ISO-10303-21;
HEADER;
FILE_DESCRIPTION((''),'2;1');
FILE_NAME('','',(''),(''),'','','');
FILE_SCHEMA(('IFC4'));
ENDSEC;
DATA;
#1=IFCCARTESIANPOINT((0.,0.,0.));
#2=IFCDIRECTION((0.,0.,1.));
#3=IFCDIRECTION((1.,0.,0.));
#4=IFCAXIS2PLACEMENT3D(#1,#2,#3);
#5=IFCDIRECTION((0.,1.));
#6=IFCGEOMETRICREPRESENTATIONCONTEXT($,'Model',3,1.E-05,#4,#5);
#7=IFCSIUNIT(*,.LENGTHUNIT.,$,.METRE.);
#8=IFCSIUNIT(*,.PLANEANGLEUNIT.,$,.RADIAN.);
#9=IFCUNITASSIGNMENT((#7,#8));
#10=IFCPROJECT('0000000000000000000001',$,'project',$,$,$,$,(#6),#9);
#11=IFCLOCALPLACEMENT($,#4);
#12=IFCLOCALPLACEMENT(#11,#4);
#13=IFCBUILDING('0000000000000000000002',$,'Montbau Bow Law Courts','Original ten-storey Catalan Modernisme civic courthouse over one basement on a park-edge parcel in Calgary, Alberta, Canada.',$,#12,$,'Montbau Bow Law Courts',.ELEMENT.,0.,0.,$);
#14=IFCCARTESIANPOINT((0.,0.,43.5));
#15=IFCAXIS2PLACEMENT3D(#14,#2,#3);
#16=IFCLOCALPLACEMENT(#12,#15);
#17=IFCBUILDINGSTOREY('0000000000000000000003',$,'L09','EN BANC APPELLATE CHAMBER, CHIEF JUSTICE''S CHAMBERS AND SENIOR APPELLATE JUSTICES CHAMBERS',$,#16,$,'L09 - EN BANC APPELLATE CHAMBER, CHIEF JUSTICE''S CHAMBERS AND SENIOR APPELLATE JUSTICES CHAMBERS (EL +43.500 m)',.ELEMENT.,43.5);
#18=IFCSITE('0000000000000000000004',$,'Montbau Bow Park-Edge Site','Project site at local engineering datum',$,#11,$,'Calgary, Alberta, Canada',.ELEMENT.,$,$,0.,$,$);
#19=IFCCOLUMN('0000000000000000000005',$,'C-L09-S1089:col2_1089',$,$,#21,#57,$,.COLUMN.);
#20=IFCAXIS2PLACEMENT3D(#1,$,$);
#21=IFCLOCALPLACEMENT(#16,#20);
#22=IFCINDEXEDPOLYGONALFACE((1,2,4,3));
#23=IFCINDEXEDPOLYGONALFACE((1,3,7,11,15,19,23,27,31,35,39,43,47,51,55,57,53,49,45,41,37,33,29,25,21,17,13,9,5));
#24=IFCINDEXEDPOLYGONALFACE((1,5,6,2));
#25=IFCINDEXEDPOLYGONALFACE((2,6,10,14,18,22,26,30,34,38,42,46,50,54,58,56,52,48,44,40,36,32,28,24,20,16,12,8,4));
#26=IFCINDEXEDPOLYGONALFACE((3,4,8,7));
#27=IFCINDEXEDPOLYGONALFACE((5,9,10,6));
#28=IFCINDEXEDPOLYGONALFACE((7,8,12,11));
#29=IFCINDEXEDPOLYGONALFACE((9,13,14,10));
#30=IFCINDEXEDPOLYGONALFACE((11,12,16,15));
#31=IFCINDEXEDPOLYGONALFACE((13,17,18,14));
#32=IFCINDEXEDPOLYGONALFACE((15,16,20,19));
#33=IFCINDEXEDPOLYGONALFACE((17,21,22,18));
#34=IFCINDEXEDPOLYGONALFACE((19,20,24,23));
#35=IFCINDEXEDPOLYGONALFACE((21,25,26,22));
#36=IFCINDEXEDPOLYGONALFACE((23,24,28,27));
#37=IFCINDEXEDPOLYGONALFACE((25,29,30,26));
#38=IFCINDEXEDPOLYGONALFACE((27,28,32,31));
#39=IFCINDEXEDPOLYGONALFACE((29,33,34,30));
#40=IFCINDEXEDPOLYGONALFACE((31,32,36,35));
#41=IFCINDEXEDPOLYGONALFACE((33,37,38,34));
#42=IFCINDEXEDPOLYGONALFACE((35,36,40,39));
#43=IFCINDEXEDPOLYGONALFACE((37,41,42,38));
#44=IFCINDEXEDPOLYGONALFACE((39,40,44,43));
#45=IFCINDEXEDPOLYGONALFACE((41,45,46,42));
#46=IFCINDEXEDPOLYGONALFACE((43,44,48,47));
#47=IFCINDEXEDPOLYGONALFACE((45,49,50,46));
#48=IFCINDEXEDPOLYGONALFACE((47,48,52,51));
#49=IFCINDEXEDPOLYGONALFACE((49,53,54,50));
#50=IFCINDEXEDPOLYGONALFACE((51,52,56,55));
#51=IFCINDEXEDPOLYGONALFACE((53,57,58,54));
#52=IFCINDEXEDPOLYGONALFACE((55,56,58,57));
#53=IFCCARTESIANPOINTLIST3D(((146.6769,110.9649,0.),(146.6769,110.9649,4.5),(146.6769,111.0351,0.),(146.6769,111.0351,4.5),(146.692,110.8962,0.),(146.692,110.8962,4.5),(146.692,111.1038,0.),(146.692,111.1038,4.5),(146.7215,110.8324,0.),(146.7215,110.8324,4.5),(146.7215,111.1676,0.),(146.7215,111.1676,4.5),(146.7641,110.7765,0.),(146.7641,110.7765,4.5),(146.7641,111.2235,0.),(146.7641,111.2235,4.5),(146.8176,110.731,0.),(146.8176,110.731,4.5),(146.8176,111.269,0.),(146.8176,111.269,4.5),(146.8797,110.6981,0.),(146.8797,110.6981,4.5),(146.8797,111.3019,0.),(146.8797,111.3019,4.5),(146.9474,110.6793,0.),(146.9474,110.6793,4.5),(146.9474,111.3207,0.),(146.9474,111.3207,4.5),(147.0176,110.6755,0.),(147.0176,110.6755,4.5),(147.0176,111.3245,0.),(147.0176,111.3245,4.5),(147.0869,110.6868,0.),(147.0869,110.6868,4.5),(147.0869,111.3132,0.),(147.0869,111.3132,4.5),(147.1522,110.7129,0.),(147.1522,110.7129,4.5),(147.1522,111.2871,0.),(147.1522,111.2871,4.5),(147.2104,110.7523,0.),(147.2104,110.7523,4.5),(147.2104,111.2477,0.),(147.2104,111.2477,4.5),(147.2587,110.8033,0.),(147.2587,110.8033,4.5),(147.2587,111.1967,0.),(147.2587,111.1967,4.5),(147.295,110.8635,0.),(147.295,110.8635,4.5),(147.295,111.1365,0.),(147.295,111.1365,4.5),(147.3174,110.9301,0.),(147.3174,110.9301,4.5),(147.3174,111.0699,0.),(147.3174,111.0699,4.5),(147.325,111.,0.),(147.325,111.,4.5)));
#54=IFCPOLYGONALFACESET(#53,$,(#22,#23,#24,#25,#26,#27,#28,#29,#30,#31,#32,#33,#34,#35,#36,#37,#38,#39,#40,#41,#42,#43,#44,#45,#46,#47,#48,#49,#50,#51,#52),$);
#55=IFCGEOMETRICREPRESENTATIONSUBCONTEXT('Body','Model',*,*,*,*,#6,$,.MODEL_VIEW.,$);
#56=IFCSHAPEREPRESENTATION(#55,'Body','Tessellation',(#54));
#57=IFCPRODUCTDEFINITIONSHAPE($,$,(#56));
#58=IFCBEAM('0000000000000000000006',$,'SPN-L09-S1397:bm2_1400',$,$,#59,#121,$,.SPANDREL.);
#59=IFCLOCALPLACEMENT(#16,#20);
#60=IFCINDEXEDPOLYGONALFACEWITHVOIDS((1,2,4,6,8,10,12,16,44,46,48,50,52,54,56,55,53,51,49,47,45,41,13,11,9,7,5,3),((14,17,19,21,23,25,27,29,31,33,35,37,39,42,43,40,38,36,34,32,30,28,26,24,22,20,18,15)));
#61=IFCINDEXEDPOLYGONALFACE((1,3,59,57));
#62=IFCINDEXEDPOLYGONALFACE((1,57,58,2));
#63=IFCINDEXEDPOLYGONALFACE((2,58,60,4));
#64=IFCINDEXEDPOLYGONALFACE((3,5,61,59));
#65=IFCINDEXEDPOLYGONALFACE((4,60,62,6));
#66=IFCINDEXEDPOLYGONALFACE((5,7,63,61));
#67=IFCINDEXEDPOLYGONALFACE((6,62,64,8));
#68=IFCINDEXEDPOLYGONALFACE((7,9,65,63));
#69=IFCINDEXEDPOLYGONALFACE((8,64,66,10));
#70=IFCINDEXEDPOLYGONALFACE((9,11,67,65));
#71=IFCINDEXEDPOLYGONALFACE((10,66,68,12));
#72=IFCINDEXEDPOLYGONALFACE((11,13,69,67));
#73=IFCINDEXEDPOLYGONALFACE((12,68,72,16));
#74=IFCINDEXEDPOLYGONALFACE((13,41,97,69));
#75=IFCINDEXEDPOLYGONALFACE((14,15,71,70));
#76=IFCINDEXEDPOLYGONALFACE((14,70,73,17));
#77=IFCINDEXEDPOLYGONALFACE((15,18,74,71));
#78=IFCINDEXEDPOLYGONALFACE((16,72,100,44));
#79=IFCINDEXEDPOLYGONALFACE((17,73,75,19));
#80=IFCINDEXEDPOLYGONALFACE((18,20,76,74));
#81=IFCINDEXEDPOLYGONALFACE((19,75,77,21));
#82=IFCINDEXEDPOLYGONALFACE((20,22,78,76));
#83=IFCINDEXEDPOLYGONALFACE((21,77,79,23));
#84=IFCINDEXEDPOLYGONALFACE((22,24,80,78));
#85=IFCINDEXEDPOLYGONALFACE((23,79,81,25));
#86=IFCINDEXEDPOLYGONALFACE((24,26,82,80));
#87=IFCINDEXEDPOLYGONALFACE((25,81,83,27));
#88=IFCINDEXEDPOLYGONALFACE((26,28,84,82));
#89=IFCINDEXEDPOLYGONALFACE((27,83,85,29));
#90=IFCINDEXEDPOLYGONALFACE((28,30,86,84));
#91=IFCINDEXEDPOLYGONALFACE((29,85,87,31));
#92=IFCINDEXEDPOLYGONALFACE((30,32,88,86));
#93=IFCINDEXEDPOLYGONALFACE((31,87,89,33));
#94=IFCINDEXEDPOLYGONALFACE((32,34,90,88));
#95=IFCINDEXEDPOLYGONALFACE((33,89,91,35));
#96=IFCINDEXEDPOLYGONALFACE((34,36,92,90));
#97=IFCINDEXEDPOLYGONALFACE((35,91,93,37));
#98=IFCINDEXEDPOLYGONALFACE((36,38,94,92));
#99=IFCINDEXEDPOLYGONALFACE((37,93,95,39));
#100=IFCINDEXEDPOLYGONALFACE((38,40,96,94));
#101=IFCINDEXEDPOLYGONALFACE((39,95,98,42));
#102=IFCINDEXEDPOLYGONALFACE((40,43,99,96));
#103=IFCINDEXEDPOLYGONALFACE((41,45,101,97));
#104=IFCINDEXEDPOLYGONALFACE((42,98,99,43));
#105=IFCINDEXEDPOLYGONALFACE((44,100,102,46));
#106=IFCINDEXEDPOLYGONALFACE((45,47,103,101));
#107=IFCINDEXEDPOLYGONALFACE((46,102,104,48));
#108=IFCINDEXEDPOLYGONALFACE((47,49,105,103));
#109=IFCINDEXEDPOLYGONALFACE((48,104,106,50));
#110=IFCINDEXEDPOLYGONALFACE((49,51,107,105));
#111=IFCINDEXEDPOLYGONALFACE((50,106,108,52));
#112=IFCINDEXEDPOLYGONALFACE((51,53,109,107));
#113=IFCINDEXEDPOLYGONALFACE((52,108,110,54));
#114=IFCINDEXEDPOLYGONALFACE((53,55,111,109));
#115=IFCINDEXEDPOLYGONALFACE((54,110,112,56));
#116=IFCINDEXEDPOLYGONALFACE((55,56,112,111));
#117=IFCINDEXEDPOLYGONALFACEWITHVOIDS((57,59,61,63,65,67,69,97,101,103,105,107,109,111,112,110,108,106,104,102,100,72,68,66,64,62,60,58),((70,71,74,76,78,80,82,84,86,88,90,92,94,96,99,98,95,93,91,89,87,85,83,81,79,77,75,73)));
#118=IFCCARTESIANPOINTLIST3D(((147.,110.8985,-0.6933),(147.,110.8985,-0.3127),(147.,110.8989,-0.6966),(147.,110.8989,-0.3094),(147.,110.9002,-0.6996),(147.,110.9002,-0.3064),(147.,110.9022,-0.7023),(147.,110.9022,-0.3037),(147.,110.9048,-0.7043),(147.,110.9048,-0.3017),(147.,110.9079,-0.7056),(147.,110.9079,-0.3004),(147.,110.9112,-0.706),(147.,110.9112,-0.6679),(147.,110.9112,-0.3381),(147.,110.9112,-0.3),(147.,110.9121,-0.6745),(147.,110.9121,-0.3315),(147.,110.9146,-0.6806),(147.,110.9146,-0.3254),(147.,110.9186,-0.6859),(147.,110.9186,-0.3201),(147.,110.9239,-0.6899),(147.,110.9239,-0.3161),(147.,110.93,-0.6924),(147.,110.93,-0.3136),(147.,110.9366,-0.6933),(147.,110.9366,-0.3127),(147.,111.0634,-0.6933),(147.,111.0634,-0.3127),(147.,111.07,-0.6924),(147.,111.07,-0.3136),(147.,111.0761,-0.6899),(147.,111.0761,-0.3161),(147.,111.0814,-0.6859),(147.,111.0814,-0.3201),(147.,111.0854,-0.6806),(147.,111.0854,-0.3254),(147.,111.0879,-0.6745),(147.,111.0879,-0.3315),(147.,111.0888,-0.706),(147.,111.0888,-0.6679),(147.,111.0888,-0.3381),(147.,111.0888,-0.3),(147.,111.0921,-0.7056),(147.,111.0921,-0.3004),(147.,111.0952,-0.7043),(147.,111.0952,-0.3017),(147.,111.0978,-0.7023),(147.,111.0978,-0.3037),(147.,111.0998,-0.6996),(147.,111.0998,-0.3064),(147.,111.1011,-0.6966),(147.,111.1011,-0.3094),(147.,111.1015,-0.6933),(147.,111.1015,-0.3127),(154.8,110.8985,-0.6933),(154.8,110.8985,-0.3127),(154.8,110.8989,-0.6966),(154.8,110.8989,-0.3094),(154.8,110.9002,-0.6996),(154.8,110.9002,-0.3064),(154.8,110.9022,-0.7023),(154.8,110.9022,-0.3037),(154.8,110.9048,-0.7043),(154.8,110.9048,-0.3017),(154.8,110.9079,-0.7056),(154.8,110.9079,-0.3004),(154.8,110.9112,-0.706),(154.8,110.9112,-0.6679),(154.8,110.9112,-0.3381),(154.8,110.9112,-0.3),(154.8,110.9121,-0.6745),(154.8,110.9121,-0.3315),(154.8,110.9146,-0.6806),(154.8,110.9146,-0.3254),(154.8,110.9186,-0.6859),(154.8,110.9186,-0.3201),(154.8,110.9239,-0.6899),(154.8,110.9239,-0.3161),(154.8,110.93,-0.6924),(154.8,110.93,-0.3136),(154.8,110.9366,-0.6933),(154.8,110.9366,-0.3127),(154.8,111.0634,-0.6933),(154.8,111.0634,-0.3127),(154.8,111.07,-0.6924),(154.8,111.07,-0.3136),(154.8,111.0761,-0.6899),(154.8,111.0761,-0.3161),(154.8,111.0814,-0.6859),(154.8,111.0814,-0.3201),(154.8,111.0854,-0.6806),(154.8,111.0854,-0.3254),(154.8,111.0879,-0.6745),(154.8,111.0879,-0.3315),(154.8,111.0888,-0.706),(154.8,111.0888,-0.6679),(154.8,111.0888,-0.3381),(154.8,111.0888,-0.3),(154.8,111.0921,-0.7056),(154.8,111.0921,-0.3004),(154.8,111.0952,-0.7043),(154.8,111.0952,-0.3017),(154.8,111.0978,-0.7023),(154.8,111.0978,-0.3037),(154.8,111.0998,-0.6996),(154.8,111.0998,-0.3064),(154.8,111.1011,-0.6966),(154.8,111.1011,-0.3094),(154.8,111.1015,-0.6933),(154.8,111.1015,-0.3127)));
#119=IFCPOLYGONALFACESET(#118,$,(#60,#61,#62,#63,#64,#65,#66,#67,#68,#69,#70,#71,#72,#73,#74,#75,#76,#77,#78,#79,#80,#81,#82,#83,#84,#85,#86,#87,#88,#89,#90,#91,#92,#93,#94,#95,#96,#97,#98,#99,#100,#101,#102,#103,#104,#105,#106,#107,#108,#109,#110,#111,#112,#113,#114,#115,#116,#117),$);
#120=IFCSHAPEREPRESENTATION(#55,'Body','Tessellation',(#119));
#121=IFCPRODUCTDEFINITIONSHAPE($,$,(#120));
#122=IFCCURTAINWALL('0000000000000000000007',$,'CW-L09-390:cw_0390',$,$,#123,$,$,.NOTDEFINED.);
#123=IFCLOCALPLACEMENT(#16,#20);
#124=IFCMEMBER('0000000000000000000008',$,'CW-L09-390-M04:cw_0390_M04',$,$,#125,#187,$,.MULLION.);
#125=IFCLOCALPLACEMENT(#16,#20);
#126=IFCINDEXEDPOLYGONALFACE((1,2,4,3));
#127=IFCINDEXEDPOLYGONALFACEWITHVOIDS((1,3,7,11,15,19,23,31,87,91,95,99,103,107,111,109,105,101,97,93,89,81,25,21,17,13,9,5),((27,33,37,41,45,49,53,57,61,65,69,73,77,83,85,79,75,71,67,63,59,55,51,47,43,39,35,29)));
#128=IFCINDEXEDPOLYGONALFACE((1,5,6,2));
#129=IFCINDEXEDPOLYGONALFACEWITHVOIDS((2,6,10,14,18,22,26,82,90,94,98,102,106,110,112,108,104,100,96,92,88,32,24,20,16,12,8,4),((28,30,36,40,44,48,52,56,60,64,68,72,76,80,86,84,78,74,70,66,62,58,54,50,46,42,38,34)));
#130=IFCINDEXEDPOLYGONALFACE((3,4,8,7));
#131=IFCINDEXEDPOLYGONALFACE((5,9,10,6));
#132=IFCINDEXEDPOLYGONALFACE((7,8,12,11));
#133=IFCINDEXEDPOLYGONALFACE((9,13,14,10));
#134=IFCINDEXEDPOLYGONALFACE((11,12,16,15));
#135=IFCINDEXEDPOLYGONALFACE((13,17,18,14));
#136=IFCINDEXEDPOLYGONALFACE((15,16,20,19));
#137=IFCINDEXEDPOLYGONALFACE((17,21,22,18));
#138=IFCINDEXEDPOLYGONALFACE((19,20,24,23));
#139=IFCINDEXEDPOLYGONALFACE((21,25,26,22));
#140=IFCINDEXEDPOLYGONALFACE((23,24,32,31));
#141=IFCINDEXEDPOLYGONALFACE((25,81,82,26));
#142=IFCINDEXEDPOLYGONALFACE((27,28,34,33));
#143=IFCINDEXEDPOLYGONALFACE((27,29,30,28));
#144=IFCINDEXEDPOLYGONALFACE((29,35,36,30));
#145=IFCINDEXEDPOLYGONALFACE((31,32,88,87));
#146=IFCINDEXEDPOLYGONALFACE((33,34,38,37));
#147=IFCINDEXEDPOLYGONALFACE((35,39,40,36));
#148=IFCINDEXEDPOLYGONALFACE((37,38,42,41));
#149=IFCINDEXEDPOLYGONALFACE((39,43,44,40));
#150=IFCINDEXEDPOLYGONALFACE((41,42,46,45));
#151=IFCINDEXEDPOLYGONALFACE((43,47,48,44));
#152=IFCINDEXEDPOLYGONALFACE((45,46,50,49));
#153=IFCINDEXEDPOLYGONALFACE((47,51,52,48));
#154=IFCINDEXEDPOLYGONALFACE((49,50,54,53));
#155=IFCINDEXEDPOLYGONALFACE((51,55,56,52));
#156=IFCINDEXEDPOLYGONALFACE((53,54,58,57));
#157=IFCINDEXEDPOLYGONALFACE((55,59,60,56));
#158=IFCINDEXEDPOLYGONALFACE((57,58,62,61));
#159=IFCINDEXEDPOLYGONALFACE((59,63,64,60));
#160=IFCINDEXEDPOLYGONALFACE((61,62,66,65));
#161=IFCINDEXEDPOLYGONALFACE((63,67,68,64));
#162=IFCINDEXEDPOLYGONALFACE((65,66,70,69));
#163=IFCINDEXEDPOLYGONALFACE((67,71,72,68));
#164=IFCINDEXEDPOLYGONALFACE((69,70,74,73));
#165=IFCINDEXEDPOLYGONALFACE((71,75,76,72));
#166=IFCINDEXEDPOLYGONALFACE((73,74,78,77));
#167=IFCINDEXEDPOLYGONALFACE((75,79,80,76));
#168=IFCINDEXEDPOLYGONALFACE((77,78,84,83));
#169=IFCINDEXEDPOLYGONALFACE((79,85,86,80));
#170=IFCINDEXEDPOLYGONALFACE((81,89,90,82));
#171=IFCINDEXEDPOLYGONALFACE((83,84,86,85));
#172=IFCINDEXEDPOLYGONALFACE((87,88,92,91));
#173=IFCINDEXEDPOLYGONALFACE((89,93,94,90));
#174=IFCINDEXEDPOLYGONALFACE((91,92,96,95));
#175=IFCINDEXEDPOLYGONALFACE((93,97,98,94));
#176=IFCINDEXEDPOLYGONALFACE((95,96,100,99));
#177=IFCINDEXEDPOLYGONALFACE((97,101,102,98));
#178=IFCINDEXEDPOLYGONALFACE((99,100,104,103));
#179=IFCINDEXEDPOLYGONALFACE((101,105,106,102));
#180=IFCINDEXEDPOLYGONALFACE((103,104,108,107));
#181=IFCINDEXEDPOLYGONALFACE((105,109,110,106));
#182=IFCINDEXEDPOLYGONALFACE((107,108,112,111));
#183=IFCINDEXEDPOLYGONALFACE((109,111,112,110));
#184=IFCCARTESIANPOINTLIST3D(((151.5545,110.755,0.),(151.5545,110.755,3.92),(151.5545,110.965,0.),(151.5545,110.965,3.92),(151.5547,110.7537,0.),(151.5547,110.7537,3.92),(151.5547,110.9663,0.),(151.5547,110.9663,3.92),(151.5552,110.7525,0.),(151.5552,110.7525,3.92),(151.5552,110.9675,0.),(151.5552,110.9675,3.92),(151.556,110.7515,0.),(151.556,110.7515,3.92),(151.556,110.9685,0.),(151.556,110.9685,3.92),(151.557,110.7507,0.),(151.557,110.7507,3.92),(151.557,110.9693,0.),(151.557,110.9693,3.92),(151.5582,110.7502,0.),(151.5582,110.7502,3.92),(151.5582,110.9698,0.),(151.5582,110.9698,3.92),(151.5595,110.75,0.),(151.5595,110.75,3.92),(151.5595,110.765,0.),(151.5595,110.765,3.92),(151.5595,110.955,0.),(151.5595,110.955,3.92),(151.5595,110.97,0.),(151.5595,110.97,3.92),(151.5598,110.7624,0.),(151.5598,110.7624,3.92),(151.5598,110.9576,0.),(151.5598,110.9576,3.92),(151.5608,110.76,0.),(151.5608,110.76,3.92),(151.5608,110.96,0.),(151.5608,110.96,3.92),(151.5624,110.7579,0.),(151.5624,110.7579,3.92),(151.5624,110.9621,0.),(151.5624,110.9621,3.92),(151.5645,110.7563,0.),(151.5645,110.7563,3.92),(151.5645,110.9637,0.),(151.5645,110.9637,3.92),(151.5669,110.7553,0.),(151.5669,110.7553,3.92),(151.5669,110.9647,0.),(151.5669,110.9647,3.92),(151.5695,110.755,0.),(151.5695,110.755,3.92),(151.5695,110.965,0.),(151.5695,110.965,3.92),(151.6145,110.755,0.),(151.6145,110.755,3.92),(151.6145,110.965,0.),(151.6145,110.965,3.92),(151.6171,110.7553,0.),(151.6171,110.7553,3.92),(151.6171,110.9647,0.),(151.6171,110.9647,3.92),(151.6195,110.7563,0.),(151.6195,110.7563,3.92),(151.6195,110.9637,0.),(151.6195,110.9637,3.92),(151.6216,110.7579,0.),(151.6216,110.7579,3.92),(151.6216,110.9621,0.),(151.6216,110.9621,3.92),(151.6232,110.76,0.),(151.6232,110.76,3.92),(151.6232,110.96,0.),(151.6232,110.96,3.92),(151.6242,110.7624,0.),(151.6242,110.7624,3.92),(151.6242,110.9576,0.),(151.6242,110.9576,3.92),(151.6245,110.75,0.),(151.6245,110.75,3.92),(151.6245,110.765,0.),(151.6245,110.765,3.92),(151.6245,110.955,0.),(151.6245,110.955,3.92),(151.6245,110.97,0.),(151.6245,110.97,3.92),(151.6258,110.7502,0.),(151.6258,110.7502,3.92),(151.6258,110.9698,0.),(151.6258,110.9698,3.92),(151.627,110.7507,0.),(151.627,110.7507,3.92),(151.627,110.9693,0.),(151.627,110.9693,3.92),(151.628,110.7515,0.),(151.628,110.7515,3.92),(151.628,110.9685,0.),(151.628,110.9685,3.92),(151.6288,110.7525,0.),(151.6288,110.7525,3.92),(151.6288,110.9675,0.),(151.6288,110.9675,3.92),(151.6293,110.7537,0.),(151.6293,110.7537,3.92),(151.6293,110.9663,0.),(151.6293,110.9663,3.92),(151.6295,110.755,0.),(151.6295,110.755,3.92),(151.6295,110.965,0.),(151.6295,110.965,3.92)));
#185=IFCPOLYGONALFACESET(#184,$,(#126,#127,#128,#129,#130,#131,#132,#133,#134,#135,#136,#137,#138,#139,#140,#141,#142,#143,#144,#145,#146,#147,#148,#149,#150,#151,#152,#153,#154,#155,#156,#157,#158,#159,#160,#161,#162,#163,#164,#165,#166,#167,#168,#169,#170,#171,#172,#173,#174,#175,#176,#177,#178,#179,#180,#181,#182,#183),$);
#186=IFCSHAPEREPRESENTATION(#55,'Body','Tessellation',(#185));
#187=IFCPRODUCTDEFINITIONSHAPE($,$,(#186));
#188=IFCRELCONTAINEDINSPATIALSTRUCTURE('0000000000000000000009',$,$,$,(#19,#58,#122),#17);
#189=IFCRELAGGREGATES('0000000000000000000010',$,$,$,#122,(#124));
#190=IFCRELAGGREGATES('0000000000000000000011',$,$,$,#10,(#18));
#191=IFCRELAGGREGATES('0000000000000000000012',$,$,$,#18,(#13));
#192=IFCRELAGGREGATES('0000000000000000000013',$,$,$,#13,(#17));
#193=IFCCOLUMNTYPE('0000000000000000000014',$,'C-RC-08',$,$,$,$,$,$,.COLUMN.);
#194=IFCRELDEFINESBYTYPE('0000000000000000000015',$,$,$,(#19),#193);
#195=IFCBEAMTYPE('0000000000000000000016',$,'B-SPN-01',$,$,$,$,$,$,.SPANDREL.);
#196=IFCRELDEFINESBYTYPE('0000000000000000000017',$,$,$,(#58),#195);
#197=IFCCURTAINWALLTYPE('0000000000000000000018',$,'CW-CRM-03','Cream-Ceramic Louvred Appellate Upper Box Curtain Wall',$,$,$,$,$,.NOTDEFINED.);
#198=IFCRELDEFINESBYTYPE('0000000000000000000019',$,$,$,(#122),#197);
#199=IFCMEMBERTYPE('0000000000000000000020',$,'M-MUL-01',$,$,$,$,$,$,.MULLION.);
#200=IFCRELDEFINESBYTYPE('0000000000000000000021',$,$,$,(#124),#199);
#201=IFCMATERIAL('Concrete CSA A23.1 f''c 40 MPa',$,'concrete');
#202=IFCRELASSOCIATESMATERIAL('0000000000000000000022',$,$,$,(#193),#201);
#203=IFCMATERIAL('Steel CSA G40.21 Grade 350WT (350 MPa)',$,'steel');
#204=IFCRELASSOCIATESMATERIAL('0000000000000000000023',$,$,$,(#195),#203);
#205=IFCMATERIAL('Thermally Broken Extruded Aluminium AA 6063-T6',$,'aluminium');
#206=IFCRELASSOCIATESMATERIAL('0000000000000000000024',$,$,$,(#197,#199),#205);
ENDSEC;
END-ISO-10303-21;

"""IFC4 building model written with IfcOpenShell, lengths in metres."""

from ifc_helpers import new_model, si_unit, direction, frame, origin_with_axes, origin_2d_with_axis, place, context, subcontext, project, spatial, hollow_rectangle, circle, extrude, material, material_profile, profile_set, type_object, element, aggregate, save


model = new_model("IFC4")

# Units and contexts
model_context = context("Model", 3, precision=1e-05, world=origin_with_axes(), true_north=direction((0.0, 1.0)))
body_context = subcontext(model_context, "Body", "Model", "MODEL_VIEW")
ifc_project = project(units=[si_unit("LENGTHUNIT", "METRE"), si_unit("PLANEANGLEUNIT", "RADIAN")], contexts=[model_context])

# Site, building, storey
site_placement = place(None, origin_with_axes())
site = spatial("IfcSite", under=ifc_project, at=site_placement, Name="Montbau Bow Park-Edge Site", Description="Project site at local engineering datum", LongName="Calgary, Alberta, Canada", CompositionType="ELEMENT", RefElevation=0.0)
building_placement = place(site_placement, origin_with_axes())
building = spatial("IfcBuilding", under=site, at=building_placement, Name="Montbau Bow Law Courts", Description="Original ten-storey Catalan Modernisme civic courthouse over one basement on a park-edge parcel in Calgary, Alberta, Canada.", LongName="Montbau Bow Law Courts", CompositionType="ELEMENT", ElevationOfRefHeight=0.0, ElevationOfTerrain=0.0)
storey_placement = place(building_placement, frame((0.0, 0.0, 43.5), z_axis=(0.0, 0.0, 1.0), x_axis=(1.0, 0.0, 0.0)))
storey = spatial("IfcBuildingStorey", under=building, at=storey_placement, Name="L09", Description="EN BANC APPELLATE CHAMBER, CHIEF JUSTICE'S CHAMBERS AND SENIOR APPELLATE JUSTICES CHAMBERS", LongName="L09 - EN BANC APPELLATE CHAMBER, CHIEF JUSTICE'S CHAMBERS AND SENIOR APPELLATE JUSTICES CHAMBERS (EL +43.500 m)", CompositionType="ELEMENT", Elevation=43.5)

# Column
ifc_material_1 = material(Name="Concrete CSA A23.1 f'c 40 MPa", Category="concrete")
ifc_material_profile_1 = material_profile(ifc_material_1, circle(Radius=0.325, at=origin_2d_with_axis()), Name="RC650D", Category="Main", Priority=0)
ifc_profile_set_1 = profile_set([ifc_material_profile_1], Name="Concrete CSA A23.1 f'c 40 MPa")
column_type = type_object("IfcColumnType", Name="C-RC-08", PredefinedType="COLUMN", material=ifc_profile_set_1)
column_placement = place(None, frame((147.0, 111.0, 43.5), z_axis=(0.0, 0.0, 1.0), x_axis=(1.0, 0.0, 0.0)))
element("IfcColumn", 1, at=column_placement, inside=storey, type_object=column_type, Name="C-L09-S1089:col2_1089", PredefinedType="COLUMN", context=body_context, shape_type="SweptSolid", body=[
    extrude(circle(Radius=0.325, at=origin_2d_with_axis()), origin_with_axes(), (0.0, 0.0, 1.0), 4.5),
])

# Beam
ifc_material_2 = material(Name="Steel CSA G40.21 Grade 350WT (350 MPa)", Category="steel")
ifc_material_profile_2 = material_profile(ifc_material_2, hollow_rectangle(XDim=0.203, YDim=0.406, WallThickness=0.0127, InnerFilletRadius=0.0254, OuterFilletRadius=0.0127, at=origin_2d_with_axis()), Name="HSS406X203X13", Category="Main", Priority=0)
ifc_profile_set_2 = profile_set([ifc_material_profile_2], Name="Steel CSA G40.21 Grade 350WT (350 MPa)")
beam_type = type_object("IfcBeamType", Name="B-SPN-01", PredefinedType="SPANDREL", material=ifc_profile_set_2)
beam_placement = place(None, frame((147.0, 111.0, 42.997), z_axis=(1.0, 0.0, 0.0), x_axis=(0.0, 1.0, 0.0)))
element("IfcBeam", 2, at=beam_placement, inside=storey, type_object=beam_type, Name="SPN-L09-S1397:bm2_1400", PredefinedType="SPANDREL", context=body_context, shape_type="SweptSolid", body=[
    extrude(hollow_rectangle(XDim=0.203, YDim=0.406, WallThickness=0.0127, InnerFilletRadius=0.0254, OuterFilletRadius=0.0127, at=origin_2d_with_axis()), origin_with_axes(), (0.0, 0.0, 1.0), 7.8),
])

# Curtain wall, member
ifc_material_3 = material(Name="Thermally Broken Extruded Aluminium AA 6063-T6", Category="aluminium")
curtain_wall_type = type_object("IfcCurtainWallType", Name="CW-CRM-03", Description="Cream-Ceramic Louvred Appellate Upper Box Curtain Wall", PredefinedType="NOTDEFINED", material=ifc_material_3)
curtain_wall_placement = place(None, frame((147.44, 110.86, 43.5), z_axis=(0.0, 0.0, 1.0), x_axis=(1.0, 0.0, 0.0)))
curtain_wall = element("IfcCurtainWall", 3, at=curtain_wall_placement, inside=storey, type_object=curtain_wall_type, Name="CW-L09-390:cw_0390", PredefinedType="NOTDEFINED")
ifc_material_profile_3 = material_profile(ifc_material_3, hollow_rectangle(XDim=0.075, YDim=0.22, WallThickness=0.005, InnerFilletRadius=0.01, OuterFilletRadius=0.005, at=origin_2d_with_axis()), Name="CWM-220X75", Category="Main", Priority=0)
ifc_profile_set_3 = profile_set([ifc_material_profile_3], Name="Thermally Broken Extruded Aluminium AA 6063-T6")
member_type_1 = type_object("IfcMemberType", Name="M-MUL-01", PredefinedType="MULLION", material=ifc_profile_set_3)
member_1_placement = place(None, frame((151.592, 110.86, 43.5), z_axis=(0.0, 0.0, 1.0), x_axis=(1.0, 0.0, 0.0)))
member_1 = element("IfcMember", 4, at=member_1_placement, type_object=member_type_1, Name="CW-L09-390-M04:cw_0390_M04", PredefinedType="MULLION", context=body_context, shape_type="SweptSolid", body=[
    extrude(hollow_rectangle(XDim=0.075, YDim=0.22, WallThickness=0.005, InnerFilletRadius=0.01, OuterFilletRadius=0.005, at=origin_2d_with_axis()), origin_with_axes(), (0.0, 0.0, 1.0), 3.92),
])
aggregate(curtain_wall, [member_1])

save(model, "model.ifc")
